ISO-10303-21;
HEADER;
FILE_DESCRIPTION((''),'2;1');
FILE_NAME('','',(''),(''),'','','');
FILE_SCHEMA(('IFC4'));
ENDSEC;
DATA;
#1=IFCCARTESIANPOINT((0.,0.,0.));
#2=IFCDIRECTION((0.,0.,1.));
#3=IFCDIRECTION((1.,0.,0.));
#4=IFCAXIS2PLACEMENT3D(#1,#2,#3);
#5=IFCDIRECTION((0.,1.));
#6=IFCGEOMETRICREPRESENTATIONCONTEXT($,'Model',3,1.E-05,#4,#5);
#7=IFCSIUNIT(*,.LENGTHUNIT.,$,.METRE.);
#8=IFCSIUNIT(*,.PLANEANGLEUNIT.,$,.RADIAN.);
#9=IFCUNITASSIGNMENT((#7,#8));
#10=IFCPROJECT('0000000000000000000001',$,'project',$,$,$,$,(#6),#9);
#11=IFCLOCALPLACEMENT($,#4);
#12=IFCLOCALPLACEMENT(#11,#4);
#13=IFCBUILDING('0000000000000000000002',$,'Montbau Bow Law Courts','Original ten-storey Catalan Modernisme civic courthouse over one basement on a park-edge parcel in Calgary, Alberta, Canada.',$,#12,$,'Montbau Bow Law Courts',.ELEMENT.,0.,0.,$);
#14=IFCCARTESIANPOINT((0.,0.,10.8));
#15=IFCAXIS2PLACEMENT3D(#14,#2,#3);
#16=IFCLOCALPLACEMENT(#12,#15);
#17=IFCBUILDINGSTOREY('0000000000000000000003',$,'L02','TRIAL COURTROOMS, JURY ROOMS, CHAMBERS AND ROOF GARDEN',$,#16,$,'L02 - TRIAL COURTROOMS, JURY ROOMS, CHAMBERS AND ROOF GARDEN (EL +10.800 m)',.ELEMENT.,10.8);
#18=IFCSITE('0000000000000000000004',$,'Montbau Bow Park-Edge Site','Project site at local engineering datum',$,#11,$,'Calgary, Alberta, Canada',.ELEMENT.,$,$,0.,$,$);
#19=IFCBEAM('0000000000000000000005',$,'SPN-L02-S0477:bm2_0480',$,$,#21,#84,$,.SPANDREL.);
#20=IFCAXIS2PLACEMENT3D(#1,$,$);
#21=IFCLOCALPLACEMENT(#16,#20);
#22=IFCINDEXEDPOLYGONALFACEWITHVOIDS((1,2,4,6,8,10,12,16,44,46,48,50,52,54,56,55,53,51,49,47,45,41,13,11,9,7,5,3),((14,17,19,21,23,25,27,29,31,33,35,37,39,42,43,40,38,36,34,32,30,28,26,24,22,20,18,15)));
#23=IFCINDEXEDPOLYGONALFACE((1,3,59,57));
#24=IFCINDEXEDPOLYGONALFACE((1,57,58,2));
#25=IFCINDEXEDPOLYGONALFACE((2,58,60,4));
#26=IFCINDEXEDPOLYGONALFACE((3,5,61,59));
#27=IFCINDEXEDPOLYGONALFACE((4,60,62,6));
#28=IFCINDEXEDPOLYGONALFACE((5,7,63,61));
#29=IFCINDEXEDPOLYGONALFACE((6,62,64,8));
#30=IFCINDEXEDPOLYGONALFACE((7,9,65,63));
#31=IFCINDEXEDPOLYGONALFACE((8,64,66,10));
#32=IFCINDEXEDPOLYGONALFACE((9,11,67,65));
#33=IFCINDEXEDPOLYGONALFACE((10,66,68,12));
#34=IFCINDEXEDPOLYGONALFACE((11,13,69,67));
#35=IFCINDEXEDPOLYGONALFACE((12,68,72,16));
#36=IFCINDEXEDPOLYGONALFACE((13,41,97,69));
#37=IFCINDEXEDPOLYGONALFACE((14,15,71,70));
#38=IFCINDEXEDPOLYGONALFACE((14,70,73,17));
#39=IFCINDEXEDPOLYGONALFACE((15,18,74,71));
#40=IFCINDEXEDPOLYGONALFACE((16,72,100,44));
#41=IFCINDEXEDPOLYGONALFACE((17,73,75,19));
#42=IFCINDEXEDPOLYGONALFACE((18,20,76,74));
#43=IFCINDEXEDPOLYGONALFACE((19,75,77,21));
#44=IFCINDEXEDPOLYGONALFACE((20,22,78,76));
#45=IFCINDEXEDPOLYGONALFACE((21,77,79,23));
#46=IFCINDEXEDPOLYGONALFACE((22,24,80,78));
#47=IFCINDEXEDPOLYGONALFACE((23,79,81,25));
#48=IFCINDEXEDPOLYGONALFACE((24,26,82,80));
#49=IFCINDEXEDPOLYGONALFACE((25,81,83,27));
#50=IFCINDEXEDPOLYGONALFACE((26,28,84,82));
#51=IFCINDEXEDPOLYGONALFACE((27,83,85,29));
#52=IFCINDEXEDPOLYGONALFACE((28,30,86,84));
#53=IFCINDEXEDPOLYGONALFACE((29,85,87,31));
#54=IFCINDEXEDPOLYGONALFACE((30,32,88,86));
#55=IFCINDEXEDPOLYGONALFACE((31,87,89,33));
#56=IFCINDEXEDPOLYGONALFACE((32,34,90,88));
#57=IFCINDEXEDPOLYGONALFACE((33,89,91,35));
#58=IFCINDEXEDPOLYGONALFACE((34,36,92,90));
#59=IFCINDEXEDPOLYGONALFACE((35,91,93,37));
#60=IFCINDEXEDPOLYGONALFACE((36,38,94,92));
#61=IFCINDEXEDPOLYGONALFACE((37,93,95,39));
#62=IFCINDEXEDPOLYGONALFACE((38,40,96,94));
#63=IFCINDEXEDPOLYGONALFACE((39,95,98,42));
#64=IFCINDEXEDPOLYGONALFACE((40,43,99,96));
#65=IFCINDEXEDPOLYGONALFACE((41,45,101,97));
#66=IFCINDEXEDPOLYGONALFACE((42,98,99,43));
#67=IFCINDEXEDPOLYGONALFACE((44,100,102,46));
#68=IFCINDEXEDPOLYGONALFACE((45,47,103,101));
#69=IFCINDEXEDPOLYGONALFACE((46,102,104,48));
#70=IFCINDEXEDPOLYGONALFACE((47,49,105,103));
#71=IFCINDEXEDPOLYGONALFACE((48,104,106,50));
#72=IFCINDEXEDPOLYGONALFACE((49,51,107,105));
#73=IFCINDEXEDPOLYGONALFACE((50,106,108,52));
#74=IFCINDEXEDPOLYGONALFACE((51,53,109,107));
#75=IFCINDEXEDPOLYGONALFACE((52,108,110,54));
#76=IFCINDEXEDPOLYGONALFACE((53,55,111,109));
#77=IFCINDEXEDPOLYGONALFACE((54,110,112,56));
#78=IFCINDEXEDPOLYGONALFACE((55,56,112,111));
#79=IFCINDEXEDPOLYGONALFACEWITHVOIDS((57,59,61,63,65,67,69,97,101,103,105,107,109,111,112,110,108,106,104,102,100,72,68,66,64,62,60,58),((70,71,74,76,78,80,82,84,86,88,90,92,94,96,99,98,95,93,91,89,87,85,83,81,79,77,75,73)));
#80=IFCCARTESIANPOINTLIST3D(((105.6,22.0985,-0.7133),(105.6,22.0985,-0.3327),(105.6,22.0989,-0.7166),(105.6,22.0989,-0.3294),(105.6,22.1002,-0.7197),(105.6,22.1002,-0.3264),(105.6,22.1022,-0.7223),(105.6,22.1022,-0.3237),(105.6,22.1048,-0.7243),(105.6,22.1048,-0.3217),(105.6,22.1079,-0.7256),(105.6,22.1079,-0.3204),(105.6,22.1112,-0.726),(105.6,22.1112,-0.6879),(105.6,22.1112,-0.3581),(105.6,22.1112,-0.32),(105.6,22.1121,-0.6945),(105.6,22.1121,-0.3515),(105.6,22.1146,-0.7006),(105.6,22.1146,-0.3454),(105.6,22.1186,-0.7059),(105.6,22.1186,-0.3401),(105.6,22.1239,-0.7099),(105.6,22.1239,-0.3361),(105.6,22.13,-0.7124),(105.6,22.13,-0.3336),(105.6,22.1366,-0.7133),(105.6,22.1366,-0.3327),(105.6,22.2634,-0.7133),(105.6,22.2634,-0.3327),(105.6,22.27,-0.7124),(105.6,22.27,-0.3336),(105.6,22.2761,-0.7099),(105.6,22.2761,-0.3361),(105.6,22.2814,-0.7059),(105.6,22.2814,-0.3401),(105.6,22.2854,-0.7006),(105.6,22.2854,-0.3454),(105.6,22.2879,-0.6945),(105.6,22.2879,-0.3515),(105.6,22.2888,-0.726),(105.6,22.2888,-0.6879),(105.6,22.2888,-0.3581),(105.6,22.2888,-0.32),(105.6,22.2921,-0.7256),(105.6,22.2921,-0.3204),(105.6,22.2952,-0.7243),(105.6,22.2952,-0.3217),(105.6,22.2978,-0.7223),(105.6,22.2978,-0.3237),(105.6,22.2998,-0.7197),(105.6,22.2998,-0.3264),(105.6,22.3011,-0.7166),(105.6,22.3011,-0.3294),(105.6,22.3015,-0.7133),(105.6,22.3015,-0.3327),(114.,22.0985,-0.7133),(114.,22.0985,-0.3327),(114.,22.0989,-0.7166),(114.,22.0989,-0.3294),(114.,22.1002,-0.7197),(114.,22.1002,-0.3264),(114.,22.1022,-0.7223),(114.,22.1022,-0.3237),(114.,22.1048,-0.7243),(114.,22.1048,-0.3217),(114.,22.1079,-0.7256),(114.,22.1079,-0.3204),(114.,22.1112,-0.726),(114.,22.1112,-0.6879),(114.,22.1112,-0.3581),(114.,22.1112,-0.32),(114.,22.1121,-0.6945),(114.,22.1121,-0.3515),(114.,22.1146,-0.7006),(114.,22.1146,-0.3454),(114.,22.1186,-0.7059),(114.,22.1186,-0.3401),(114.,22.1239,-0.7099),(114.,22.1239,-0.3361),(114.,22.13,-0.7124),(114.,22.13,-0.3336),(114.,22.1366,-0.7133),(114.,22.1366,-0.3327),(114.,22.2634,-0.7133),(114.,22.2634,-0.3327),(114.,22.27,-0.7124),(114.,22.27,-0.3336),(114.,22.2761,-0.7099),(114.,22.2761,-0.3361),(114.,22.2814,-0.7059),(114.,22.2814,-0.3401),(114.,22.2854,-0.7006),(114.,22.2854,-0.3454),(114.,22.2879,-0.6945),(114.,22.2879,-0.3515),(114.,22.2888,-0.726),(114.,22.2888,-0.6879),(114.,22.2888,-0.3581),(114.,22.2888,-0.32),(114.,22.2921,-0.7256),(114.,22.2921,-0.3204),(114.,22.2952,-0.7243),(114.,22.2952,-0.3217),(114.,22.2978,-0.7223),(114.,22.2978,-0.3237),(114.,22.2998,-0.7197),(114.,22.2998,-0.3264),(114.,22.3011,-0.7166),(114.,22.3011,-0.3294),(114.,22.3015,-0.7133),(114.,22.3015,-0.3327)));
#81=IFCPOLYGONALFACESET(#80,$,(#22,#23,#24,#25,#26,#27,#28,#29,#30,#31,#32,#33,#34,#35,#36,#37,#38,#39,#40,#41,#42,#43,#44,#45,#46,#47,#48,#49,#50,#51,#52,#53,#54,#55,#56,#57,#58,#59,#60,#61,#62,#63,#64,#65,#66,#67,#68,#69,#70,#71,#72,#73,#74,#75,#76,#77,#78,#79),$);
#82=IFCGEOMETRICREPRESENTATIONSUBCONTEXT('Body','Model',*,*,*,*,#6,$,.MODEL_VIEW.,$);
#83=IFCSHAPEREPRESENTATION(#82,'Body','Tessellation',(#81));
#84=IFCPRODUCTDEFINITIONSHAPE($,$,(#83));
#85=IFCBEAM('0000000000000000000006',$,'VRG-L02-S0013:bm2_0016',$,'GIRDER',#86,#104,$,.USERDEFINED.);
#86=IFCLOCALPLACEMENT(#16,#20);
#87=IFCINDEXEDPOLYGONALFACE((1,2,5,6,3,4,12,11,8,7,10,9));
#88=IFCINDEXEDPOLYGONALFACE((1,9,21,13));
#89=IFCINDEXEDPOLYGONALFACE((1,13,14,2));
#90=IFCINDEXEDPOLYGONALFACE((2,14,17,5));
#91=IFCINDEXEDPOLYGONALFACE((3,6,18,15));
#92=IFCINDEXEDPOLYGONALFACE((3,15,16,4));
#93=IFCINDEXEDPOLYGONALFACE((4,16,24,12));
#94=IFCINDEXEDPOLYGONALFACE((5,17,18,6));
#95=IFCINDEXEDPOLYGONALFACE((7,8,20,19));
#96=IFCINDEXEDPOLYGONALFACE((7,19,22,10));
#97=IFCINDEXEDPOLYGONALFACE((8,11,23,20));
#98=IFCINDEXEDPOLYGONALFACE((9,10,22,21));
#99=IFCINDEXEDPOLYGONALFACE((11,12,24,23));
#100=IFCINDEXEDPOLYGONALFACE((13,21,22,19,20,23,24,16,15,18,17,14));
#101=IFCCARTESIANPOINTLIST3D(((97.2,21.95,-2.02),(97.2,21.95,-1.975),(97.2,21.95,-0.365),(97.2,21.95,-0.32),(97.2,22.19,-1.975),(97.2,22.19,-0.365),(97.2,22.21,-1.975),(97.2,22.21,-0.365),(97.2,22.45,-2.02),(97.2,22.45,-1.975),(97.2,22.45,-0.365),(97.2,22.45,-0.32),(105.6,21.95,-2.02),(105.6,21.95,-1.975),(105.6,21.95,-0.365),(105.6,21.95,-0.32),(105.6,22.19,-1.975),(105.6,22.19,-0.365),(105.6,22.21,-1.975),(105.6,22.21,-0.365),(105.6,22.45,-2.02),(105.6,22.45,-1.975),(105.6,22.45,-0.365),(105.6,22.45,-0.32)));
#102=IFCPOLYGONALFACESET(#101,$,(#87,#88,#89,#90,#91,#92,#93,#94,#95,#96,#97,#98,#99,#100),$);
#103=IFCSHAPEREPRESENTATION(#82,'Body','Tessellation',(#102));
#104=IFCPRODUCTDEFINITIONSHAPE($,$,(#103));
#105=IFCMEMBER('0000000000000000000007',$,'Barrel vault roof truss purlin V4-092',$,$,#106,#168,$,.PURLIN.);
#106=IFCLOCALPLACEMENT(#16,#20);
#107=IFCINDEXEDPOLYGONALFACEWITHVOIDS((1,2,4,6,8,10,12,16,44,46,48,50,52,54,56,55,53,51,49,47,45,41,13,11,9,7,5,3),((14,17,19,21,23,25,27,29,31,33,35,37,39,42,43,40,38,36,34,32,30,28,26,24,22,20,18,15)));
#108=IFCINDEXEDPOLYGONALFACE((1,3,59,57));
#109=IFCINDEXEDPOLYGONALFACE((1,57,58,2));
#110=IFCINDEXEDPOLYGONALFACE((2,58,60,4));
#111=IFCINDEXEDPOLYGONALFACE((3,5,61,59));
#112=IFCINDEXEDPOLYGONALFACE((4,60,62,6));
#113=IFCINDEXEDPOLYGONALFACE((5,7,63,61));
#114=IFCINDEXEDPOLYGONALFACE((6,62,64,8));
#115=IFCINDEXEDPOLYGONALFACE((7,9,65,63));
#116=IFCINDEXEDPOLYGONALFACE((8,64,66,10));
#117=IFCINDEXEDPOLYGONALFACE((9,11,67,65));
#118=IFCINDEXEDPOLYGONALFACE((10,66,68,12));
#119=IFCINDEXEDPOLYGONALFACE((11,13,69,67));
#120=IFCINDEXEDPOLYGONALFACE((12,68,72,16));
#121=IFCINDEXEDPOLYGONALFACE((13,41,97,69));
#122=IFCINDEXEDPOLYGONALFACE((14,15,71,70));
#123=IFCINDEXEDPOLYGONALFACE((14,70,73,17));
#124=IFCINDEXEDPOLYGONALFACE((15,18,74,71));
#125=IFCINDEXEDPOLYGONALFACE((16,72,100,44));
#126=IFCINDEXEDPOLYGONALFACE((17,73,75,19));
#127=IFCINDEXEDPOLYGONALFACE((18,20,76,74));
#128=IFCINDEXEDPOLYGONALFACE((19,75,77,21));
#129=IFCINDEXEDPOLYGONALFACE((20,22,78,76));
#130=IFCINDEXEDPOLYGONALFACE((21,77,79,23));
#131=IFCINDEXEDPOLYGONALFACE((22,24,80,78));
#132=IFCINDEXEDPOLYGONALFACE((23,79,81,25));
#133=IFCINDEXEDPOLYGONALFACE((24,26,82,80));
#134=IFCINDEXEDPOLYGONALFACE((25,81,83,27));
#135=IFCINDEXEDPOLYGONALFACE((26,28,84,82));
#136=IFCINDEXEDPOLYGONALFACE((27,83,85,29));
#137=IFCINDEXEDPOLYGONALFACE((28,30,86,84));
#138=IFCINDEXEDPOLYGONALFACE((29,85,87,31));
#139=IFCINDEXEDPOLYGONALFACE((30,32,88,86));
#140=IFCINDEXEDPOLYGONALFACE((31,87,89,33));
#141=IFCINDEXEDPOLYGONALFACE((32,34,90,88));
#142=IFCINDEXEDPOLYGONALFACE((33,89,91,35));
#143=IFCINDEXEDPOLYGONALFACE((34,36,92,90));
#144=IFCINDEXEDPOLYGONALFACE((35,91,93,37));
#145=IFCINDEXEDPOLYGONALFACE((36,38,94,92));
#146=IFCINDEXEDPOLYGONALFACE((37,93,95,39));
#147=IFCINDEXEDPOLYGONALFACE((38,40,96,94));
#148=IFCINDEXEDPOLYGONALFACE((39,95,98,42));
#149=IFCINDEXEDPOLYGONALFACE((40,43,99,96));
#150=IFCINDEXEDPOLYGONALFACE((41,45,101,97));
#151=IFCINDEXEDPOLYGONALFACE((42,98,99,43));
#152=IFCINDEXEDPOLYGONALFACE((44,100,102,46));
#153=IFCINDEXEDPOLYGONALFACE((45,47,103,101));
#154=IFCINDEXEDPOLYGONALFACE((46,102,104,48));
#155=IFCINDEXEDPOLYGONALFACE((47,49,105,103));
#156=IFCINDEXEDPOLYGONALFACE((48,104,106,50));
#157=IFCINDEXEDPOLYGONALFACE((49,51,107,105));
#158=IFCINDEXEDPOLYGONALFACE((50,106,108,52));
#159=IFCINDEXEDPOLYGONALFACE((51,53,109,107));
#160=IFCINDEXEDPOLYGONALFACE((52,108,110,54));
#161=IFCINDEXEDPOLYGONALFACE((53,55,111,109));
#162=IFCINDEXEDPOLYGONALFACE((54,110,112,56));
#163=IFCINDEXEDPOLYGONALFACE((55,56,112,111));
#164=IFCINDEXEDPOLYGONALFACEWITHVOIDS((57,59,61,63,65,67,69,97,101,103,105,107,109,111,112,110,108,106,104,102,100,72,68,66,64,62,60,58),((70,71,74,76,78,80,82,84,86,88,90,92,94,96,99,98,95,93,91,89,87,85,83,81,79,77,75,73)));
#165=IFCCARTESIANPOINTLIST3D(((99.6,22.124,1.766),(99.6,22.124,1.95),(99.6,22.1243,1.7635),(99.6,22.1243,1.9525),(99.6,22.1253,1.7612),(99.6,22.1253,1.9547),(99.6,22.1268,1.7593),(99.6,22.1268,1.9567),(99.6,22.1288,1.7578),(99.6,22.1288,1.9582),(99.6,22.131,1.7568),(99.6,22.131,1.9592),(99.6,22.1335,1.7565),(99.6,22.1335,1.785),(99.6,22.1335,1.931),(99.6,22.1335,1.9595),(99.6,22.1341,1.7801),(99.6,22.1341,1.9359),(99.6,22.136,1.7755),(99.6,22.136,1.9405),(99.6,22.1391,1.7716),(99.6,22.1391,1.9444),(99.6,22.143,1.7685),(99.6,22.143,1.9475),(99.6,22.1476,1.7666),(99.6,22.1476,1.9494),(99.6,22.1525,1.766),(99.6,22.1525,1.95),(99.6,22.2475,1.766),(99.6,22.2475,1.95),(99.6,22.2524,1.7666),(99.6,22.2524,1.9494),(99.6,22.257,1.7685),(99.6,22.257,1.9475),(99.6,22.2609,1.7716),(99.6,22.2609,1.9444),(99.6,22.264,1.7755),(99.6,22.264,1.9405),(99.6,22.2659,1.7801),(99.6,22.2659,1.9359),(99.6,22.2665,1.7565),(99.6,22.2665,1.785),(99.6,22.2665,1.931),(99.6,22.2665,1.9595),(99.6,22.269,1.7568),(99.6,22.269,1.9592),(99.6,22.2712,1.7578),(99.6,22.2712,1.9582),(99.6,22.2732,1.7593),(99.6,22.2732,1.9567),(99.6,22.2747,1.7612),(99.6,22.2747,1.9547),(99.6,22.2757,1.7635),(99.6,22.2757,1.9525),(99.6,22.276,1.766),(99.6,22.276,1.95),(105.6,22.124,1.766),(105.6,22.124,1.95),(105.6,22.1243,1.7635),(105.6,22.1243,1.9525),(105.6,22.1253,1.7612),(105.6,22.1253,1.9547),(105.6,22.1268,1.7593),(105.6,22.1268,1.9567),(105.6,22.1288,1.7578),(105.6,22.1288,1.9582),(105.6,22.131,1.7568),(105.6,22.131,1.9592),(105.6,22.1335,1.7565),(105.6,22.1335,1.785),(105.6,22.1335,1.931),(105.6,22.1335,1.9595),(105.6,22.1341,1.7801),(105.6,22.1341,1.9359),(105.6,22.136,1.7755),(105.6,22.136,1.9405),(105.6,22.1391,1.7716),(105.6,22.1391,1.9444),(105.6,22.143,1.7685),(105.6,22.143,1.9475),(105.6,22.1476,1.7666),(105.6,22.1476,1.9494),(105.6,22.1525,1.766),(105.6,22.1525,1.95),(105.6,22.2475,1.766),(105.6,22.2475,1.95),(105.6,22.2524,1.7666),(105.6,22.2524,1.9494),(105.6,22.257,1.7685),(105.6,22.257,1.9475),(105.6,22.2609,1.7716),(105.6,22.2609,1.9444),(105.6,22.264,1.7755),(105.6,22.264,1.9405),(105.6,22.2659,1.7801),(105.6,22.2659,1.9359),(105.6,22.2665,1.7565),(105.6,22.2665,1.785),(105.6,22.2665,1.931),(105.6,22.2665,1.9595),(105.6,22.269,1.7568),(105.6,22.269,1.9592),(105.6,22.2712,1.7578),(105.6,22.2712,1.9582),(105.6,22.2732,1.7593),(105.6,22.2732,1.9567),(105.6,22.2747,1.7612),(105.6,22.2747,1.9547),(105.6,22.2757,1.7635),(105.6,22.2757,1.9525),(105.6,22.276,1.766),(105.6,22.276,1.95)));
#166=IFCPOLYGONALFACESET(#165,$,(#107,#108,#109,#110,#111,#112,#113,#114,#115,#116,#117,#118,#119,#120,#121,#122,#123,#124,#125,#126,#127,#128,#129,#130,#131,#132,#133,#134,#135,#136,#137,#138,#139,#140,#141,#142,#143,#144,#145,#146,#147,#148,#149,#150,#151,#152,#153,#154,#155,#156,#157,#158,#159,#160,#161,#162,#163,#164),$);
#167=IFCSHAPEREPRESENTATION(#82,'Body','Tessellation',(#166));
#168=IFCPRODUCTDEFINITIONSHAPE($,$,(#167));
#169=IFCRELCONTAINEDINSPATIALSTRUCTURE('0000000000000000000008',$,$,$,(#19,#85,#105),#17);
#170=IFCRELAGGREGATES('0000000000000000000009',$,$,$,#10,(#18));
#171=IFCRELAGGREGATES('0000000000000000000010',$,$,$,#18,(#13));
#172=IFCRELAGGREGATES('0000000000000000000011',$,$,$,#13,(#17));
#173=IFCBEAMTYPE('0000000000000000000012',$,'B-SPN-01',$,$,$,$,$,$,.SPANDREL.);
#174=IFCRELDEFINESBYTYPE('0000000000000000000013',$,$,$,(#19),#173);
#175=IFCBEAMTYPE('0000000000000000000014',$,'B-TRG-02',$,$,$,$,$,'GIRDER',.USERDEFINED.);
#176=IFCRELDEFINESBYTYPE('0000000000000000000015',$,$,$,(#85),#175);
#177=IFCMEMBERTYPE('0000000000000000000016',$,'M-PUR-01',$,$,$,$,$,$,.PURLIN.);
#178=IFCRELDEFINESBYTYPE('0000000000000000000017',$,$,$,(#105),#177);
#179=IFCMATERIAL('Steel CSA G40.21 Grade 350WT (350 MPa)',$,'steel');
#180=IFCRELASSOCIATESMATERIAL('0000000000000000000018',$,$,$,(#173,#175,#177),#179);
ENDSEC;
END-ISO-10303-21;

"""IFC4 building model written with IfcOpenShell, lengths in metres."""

from ifc_helpers import new_model, si_unit, direction, frame, origin_with_axes, origin_2d_with_axis, place, context, subcontext, project, spatial, hollow_rectangle, i_section, extrude, material, material_profile, profile_set, type_object, element, save


model = new_model("IFC4")

# Units and contexts
model_context = context("Model", 3, precision=1e-05, world=origin_with_axes(), true_north=direction((0.0, 1.0)))
body_context = subcontext(model_context, "Body", "Model", "MODEL_VIEW")
ifc_project = project(units=[si_unit("LENGTHUNIT", "METRE"), si_unit("PLANEANGLEUNIT", "RADIAN")], contexts=[model_context])

# Site, building, storey
site_placement = place(None, origin_with_axes())
site = spatial("IfcSite", under=ifc_project, at=site_placement, Name="Montbau Bow Park-Edge Site", Description="Project site at local engineering datum", LongName="Calgary, Alberta, Canada", CompositionType="ELEMENT", RefElevation=0.0)
building_placement = place(site_placement, origin_with_axes())
building = spatial("IfcBuilding", under=site, at=building_placement, Name="Montbau Bow Law Courts", Description="Original ten-storey Catalan Modernisme civic courthouse over one basement on a park-edge parcel in Calgary, Alberta, Canada.", LongName="Montbau Bow Law Courts", CompositionType="ELEMENT", ElevationOfRefHeight=0.0, ElevationOfTerrain=0.0)
storey_placement = place(building_placement, frame((0.0, 0.0, 10.8), z_axis=(0.0, 0.0, 1.0), x_axis=(1.0, 0.0, 0.0)))
storey = spatial("IfcBuildingStorey", under=building, at=storey_placement, Name="L02", Description="TRIAL COURTROOMS, JURY ROOMS, CHAMBERS AND ROOF GARDEN", LongName="L02 - TRIAL COURTROOMS, JURY ROOMS, CHAMBERS AND ROOF GARDEN (EL +10.800 m)", CompositionType="ELEMENT", Elevation=10.8)

# Beams
ifc_material_1 = material(Name="Steel CSA G40.21 Grade 350WT (350 MPa)", Category="steel")
ifc_material_profile_1 = material_profile(ifc_material_1, hollow_rectangle(XDim=0.203, YDim=0.406, WallThickness=0.0127, InnerFilletRadius=0.0254, OuterFilletRadius=0.0127, at=origin_2d_with_axis()), Name="HSS406X203X13", Category="Main", Priority=0)
ifc_profile_set_1 = profile_set([ifc_material_profile_1], Name="Steel CSA G40.21 Grade 350WT (350 MPa)")
beam_type_1 = type_object("IfcBeamType", Name="B-SPN-01", PredefinedType="SPANDREL", material=ifc_profile_set_1)
beam_1_placement = place(None, frame((105.6, 22.2, 10.277), z_axis=(1.0, 0.0, 0.0), x_axis=(0.0, 1.0, 0.0)))
element("IfcBeam", 1, at=beam_1_placement, inside=storey, type_object=beam_type_1, Name="SPN-L02-S0477:bm2_0480", PredefinedType="SPANDREL", context=body_context, shape_type="SweptSolid", body=[
    extrude(hollow_rectangle(XDim=0.203, YDim=0.406, WallThickness=0.0127, InnerFilletRadius=0.0254, OuterFilletRadius=0.0127, at=origin_2d_with_axis()), origin_with_axes(), (0.0, 0.0, 1.0), 8.4),
])
ifc_material_profile_2 = material_profile(ifc_material_1, i_section(OverallWidth=0.5, OverallDepth=1.7, WebThickness=0.02, FlangeThickness=0.045, at=origin_2d_with_axis()), Name="WWF1700X480", Category="Main", Priority=0)
ifc_profile_set_2 = profile_set([ifc_material_profile_2], Name="Steel CSA G40.21 Grade 350WT (350 MPa)")
beam_type_2 = type_object("IfcBeamType", Name="B-TRG-02", ElementType="GIRDER", PredefinedType="USERDEFINED", material=ifc_profile_set_2)
beam_2_placement = place(None, frame((97.2, 22.2, 9.63), z_axis=(1.0, 0.0, 0.0), x_axis=(0.0, 1.0, 0.0)))
element("IfcBeam", 2, at=beam_2_placement, inside=storey, type_object=beam_type_2, Name="VRG-L02-S0013:bm2_0016", ObjectType="GIRDER", PredefinedType="USERDEFINED", context=body_context, shape_type="SweptSolid", body=[
    extrude(i_section(OverallWidth=0.5, OverallDepth=1.7, WebThickness=0.02, FlangeThickness=0.045, at=origin_2d_with_axis()), origin_with_axes(), (0.0, 0.0, 1.0), 8.4),
])

# Member
ifc_material_profile_3 = material_profile(ifc_material_1, hollow_rectangle(XDim=0.152, YDim=0.203, WallThickness=0.0095, InnerFilletRadius=0.019, OuterFilletRadius=0.0095, at=origin_2d_with_axis()), Name="HSS203X152X9.5", Category="Main", Priority=0)
ifc_profile_set_3 = profile_set([ifc_material_profile_3], Name="Steel CSA G40.21 Grade 350WT (350 MPa)")
member_type_1 = type_object("IfcMemberType", Name="M-PUR-01", PredefinedType="PURLIN", material=ifc_profile_set_3)
for number, where, z_axis, x_axis, name in (
    (3, (99.6, 22.2, 12.658), (1.0, 0.0, 0.0), (0.0, 1.0, 0.0), "Barrel vault roof truss purlin V4-092"),
):
    element("IfcMember", number, at=place(None, frame(where, z_axis=z_axis, x_axis=x_axis)), inside=storey, type_object=member_type_1, Name=name, PredefinedType="PURLIN", context=body_context, shape_type="SweptSolid", body=[
        extrude(hollow_rectangle(XDim=0.152, YDim=0.203, WallThickness=0.0095, InnerFilletRadius=0.019, OuterFilletRadius=0.0095, at=origin_2d_with_axis()), origin_with_axes(), (0.0, 0.0, 1.0), 6.0),
    ])

save(model, "model.ifc")
